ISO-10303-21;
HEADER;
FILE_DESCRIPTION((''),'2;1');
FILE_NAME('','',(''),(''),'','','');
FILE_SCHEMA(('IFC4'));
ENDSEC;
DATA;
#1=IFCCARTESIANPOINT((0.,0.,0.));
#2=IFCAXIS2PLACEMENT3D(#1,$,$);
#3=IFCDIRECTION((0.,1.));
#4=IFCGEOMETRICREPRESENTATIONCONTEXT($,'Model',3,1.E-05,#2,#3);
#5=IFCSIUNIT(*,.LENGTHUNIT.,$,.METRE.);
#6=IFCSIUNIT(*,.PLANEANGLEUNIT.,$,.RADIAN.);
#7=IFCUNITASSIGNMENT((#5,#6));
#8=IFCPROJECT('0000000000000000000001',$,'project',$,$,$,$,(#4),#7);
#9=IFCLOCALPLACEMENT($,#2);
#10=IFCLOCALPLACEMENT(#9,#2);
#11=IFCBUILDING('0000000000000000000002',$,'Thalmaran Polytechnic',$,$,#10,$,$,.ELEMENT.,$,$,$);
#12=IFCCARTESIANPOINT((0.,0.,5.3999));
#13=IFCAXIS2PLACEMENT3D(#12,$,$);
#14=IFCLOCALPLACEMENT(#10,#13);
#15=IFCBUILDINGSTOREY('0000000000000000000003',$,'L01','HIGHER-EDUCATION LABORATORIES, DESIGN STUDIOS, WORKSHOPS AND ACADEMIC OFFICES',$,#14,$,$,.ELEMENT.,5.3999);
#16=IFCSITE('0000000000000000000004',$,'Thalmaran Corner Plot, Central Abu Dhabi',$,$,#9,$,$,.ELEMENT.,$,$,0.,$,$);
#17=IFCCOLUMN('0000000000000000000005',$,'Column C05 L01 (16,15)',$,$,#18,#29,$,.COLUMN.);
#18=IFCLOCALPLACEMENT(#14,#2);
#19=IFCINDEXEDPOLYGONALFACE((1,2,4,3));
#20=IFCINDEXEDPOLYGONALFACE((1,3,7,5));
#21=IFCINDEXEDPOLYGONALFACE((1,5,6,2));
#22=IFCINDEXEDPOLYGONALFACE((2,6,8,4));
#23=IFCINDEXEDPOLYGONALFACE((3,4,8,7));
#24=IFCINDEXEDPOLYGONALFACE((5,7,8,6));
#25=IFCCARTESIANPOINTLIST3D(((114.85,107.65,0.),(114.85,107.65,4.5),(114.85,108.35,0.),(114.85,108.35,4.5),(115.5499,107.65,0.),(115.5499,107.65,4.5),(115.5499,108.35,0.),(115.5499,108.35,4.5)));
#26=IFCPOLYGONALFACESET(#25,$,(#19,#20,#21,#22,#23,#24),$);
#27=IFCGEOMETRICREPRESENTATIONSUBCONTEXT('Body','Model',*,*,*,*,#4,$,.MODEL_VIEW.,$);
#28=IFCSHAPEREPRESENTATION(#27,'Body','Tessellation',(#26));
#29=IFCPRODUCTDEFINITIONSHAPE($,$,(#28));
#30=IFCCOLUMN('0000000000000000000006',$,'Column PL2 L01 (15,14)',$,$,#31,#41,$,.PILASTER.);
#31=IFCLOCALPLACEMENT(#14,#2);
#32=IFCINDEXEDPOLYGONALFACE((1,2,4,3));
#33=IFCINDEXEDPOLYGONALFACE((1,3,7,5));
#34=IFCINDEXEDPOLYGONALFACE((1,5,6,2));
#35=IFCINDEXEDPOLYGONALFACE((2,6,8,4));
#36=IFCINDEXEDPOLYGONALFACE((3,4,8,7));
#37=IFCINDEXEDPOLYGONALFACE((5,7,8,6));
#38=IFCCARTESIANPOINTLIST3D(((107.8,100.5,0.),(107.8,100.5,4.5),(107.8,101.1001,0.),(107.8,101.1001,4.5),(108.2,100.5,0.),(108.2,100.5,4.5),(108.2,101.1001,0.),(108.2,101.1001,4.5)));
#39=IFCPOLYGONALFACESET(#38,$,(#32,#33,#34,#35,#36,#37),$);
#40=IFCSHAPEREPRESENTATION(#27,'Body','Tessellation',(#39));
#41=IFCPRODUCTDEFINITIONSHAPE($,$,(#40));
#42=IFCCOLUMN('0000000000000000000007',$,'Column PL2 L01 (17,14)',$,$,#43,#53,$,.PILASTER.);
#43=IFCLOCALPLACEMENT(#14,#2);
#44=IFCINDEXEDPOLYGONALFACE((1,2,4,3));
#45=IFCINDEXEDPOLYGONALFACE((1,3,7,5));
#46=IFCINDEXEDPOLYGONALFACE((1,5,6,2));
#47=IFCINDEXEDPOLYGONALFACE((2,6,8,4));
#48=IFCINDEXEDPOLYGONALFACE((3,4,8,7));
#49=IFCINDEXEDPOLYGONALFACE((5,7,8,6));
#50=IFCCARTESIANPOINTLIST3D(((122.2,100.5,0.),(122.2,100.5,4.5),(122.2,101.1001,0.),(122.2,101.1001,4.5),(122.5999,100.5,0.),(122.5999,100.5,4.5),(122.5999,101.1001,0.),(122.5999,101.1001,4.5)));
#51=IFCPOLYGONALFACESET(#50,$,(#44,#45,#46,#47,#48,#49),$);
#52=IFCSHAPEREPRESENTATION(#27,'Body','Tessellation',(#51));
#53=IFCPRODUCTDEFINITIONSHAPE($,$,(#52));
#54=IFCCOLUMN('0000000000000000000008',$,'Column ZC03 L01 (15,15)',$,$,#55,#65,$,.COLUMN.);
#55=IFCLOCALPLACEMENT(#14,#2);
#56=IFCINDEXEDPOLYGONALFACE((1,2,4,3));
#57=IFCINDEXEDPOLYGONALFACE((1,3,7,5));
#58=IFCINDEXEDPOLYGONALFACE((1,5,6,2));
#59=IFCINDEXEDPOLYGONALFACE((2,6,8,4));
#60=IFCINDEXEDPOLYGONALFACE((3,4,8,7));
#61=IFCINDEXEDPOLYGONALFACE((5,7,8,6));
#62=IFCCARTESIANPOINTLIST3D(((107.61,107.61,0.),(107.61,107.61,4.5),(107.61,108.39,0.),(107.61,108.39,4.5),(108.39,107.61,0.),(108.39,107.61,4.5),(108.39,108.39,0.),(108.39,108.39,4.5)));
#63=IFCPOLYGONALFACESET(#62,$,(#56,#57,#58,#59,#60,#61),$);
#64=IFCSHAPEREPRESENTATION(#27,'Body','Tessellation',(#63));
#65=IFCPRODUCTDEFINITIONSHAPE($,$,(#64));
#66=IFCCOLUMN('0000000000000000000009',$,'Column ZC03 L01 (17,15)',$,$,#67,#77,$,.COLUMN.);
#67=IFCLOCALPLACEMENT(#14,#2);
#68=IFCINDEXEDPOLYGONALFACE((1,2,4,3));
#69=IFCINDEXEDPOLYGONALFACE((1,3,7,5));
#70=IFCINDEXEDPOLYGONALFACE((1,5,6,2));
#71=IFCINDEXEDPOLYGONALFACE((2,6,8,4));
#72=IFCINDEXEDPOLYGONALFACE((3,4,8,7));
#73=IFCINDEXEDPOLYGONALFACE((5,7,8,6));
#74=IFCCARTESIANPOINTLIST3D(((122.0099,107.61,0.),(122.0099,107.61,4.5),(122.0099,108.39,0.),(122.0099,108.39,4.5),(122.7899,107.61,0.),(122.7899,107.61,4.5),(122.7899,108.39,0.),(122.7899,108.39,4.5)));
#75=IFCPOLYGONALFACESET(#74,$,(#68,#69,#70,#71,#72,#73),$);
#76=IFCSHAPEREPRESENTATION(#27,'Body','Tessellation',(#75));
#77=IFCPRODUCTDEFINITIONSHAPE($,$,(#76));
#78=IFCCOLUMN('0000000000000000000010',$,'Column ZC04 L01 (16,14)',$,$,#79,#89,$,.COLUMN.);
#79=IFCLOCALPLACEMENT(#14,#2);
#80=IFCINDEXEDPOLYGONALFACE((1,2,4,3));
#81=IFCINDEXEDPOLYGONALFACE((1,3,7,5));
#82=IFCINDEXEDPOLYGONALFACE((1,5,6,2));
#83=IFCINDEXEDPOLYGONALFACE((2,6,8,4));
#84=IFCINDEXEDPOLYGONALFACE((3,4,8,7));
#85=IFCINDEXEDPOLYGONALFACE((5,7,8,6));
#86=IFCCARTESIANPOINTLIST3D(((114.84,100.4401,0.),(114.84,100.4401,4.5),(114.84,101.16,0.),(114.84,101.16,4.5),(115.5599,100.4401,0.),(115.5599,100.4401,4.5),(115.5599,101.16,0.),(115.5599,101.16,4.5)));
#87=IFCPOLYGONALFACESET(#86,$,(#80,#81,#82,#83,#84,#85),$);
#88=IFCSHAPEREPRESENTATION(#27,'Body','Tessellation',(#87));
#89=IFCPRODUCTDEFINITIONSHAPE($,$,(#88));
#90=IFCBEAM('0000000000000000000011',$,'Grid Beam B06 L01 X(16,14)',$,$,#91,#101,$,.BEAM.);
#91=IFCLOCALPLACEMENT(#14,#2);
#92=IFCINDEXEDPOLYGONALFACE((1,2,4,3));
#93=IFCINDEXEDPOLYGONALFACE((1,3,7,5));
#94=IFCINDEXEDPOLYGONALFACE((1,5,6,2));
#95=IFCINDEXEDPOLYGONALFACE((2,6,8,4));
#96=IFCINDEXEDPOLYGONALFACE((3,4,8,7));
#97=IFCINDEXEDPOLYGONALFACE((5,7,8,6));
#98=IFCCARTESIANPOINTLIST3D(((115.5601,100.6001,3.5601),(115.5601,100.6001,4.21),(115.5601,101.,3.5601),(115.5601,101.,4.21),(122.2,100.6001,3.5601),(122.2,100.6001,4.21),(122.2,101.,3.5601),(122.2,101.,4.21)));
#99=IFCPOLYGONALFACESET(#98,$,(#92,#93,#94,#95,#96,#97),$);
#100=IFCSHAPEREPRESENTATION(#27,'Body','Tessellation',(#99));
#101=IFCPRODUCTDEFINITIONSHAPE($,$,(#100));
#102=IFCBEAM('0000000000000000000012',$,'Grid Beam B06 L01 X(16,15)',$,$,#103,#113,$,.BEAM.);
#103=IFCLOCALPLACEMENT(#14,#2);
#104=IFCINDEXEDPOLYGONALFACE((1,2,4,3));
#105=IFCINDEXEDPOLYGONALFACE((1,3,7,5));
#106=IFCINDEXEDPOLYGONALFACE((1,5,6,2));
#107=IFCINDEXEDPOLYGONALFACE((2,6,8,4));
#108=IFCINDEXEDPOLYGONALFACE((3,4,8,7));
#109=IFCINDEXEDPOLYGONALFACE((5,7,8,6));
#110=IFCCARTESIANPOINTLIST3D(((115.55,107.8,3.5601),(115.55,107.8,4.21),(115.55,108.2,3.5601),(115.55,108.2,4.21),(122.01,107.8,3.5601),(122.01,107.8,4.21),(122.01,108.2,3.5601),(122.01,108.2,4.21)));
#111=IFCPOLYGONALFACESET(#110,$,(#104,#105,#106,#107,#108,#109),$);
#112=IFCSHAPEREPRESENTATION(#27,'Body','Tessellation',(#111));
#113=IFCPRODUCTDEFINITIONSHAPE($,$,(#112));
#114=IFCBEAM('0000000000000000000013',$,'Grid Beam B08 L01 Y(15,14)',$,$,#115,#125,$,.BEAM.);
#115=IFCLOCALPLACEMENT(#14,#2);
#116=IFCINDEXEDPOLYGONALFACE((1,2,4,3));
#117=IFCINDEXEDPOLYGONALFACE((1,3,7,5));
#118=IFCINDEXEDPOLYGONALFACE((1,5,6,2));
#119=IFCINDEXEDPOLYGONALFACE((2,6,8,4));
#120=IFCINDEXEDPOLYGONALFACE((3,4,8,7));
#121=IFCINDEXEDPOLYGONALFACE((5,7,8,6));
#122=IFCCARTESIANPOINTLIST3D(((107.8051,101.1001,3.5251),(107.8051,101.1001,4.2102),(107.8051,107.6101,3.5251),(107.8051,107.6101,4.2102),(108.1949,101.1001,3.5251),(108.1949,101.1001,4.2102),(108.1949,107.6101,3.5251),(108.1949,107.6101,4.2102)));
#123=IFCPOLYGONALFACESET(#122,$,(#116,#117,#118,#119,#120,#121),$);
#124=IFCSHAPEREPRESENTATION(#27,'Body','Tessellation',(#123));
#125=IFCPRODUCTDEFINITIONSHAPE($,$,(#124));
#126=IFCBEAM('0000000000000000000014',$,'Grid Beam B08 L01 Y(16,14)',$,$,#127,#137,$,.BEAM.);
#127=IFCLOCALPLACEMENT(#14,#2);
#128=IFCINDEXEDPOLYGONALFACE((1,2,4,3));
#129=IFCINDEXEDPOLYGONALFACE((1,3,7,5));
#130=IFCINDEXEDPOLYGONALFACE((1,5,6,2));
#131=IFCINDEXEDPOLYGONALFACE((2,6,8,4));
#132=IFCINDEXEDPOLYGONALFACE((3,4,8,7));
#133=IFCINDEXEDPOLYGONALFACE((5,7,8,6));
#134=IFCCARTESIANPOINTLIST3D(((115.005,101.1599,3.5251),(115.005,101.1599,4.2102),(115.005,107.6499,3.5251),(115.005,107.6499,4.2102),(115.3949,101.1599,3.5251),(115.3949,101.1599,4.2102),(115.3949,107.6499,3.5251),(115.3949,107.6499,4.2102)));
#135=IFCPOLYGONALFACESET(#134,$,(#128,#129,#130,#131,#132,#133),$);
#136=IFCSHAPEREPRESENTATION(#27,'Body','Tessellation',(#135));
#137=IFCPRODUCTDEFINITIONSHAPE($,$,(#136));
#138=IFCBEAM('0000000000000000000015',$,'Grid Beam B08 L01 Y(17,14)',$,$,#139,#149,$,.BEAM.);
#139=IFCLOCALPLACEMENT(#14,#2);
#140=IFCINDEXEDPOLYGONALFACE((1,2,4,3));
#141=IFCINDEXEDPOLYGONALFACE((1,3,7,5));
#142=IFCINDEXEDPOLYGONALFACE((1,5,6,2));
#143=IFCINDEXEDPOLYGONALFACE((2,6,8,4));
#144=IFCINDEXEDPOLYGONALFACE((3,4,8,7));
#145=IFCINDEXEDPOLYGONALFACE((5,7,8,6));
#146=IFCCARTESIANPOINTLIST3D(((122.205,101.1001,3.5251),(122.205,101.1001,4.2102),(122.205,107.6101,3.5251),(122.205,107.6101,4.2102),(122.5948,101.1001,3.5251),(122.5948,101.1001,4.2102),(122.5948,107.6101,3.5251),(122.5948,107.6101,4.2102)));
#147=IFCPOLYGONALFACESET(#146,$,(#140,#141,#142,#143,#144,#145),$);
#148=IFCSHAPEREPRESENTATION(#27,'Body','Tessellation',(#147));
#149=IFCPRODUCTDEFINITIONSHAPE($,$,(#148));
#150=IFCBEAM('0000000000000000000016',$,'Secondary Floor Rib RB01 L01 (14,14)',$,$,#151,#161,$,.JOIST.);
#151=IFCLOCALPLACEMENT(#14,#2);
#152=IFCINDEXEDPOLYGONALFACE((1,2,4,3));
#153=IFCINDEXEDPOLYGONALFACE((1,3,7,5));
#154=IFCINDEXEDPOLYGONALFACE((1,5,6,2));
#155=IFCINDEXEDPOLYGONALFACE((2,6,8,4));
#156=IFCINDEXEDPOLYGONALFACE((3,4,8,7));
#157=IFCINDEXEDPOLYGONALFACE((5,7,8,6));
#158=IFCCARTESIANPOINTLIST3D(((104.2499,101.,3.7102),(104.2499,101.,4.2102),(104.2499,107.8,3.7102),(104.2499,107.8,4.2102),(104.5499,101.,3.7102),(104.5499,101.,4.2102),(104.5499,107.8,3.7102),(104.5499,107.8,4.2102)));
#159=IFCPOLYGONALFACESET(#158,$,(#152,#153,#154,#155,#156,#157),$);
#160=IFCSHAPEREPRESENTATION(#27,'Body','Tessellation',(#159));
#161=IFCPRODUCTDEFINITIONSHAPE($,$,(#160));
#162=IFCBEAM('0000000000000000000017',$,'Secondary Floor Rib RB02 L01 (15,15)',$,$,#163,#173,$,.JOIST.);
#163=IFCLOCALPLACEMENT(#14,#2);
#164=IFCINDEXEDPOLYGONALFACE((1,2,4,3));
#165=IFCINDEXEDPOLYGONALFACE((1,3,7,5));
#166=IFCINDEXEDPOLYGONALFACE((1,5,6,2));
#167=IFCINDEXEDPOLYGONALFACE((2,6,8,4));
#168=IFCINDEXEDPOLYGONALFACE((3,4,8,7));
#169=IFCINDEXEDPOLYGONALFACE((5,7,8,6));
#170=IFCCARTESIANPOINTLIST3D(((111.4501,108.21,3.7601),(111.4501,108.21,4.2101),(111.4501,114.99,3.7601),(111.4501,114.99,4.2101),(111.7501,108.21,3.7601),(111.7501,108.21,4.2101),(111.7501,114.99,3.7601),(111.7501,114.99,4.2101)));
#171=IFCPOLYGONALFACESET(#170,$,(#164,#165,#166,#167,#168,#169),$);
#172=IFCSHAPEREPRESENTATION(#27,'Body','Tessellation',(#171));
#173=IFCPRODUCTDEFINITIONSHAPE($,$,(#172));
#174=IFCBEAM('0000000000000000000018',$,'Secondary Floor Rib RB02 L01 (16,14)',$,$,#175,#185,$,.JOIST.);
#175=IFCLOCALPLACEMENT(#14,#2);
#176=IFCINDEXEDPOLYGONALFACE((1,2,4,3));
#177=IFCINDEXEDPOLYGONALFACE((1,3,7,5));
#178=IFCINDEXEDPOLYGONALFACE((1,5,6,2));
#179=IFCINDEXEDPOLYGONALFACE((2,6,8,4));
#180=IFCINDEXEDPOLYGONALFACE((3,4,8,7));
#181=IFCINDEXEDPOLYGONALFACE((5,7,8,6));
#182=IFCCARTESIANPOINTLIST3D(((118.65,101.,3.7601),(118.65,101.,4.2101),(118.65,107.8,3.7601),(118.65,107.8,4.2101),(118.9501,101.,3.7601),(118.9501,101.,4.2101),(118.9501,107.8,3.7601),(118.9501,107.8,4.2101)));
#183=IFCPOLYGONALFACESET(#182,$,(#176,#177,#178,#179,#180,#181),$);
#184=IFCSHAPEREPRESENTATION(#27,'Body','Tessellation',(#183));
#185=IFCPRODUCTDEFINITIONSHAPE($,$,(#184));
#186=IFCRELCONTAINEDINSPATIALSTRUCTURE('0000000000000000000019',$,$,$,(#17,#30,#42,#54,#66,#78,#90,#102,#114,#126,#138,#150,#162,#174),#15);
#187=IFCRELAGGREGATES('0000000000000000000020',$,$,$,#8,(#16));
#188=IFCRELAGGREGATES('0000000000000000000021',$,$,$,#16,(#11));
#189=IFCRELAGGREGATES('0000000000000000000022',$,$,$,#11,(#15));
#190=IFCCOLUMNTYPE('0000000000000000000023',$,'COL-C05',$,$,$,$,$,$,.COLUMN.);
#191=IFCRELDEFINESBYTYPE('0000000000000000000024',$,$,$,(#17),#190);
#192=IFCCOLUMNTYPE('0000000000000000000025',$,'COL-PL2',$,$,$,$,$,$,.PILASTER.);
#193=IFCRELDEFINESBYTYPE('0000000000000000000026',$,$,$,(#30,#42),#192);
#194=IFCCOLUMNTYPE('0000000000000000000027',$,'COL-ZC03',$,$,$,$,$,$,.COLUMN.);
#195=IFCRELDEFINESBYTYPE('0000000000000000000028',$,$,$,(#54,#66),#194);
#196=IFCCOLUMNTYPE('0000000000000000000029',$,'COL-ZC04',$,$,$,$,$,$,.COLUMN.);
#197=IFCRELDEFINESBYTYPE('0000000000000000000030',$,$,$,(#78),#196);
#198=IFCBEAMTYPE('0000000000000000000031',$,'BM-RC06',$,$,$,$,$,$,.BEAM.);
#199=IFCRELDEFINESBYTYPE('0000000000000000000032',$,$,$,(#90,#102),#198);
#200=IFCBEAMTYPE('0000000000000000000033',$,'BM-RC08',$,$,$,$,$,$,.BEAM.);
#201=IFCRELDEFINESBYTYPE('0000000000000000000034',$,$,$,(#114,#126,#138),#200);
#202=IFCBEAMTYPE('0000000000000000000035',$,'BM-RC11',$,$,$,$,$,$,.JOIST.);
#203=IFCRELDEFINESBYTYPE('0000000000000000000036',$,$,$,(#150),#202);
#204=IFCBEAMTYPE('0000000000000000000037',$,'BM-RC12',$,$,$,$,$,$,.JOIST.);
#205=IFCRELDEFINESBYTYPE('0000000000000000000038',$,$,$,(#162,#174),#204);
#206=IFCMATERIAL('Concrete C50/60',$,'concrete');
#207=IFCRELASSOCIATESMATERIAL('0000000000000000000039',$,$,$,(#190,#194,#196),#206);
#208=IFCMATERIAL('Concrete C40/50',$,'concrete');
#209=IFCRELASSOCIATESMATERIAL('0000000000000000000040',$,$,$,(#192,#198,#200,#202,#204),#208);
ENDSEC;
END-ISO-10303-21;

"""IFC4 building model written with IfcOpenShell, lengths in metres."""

from ifc_helpers import new_model, si_unit, direction, frame, origin, origin_2d, place, context, subcontext, project, spatial, rectangle, extrude, material, material_profile, profile_set, type_object, element, save


model = new_model("IFC4")

# Units and contexts
model_context = context("Model", 3, precision=1e-05, world=origin(), true_north=direction((0.0, 1.0)))
body_context = subcontext(model_context, "Body", "Model", "MODEL_VIEW")
ifc_project = project(units=[si_unit("LENGTHUNIT", "METRE"), si_unit("PLANEANGLEUNIT", "RADIAN")], contexts=[model_context])

# Site, building, storey
site_placement = place(None, origin())
site = spatial("IfcSite", under=ifc_project, at=site_placement, Name="Thalmaran Corner Plot, Central Abu Dhabi", CompositionType="ELEMENT", RefElevation=0.0)
building_placement = place(site_placement, origin())
building = spatial("IfcBuilding", under=site, at=building_placement, Name="Thalmaran Polytechnic", CompositionType="ELEMENT")
storey_placement = place(building_placement, frame((0.0, 0.0, 5.3999)))
storey = spatial("IfcBuildingStorey", under=building, at=storey_placement, Name="L01", Description="HIGHER-EDUCATION LABORATORIES, DESIGN STUDIOS, WORKSHOPS AND ACADEMIC OFFICES", CompositionType="ELEMENT", Elevation=5.3999)

# Columns
ifc_material_1 = material(Name="Concrete C50/60", Category="concrete")
ifc_material_profile_1 = material_profile(ifc_material_1, rectangle(XDim=0.7, YDim=0.7, at=origin_2d()), Name="RC 700x700")
ifc_profile_set_1 = profile_set([ifc_material_profile_1], Name="Concrete C50/60")
column_type_1 = type_object("IfcColumnType", Name="COL-C05", PredefinedType="COLUMN", material=ifc_profile_set_1)
column_1_placement = place(storey_placement, frame((115.2, 108.0, 0.0), z_axis=(0.0, 0.0, 1.0), x_axis=(1.0, 0.0, 0.0)))
element("IfcColumn", 1, at=column_1_placement, inside=storey, type_object=column_type_1, Name="Column C05 L01 (16,15)", PredefinedType="COLUMN", context=body_context, shape_type="SweptSolid", body=[
    extrude(rectangle(XDim=0.7, YDim=0.7, at=origin_2d()), origin(), (0.0, 0.0, 1.0), 4.5),
])
ifc_material_2 = material(Name="Concrete C40/50", Category="concrete")
ifc_material_profile_2 = material_profile(ifc_material_2, rectangle(XDim=0.3999, YDim=0.6001, at=origin_2d()), Name="RC 400x600")
ifc_profile_set_2 = profile_set([ifc_material_profile_2], Name="Concrete C40/50")
column_type_2 = type_object("IfcColumnType", Name="COL-PL2", PredefinedType="PILASTER", material=ifc_profile_set_2)
for number, where, z_axis, x_axis, name in (
    (2, (108.0, 100.8, 0.0), (0.0, 0.0, 1.0), (1.0, 0.0, 0.0), "Column PL2 L01 (15,14)"),
    (3, (122.3999, 100.8, 0.0), (0.0, 0.0, 1.0), (1.0, 0.0, 0.0), "Column PL2 L01 (17,14)"),
):
    element("IfcColumn", number, at=place(storey_placement, frame(where, z_axis=z_axis, x_axis=x_axis)), inside=storey, type_object=column_type_2, Name=name, PredefinedType="PILASTER", context=body_context, shape_type="SweptSolid", body=[
        extrude(rectangle(XDim=0.3999, YDim=0.6001, at=origin_2d()), origin(), (0.0, 0.0, 1.0), 4.5),
    ])
ifc_material_profile_3 = material_profile(ifc_material_1, rectangle(XDim=0.78, YDim=0.78, at=origin_2d()), Name="RC 780x780")
ifc_profile_set_3 = profile_set([ifc_material_profile_3], Name="Concrete C50/60")
column_type_3 = type_object("IfcColumnType", Name="COL-ZC03", PredefinedType="COLUMN", material=ifc_profile_set_3)
for number, where, z_axis, x_axis, name in (
    (4, (108.0, 108.0, 0.0), (0.0, 0.0, 1.0), (1.0, 0.0, 0.0), "Column ZC03 L01 (15,15)"),
    (5, (122.3999, 108.0, 0.0), (0.0, 0.0, 1.0), (1.0, 0.0, 0.0), "Column ZC03 L01 (17,15)"),
):
    element("IfcColumn", number, at=place(storey_placement, frame(where, z_axis=z_axis, x_axis=x_axis)), inside=storey, type_object=column_type_3, Name=name, PredefinedType="COLUMN", context=body_context, shape_type="SweptSolid", body=[
        extrude(rectangle(XDim=0.78, YDim=0.78, at=origin_2d()), origin(), (0.0, 0.0, 1.0), 4.5),
    ])
ifc_material_profile_4 = material_profile(ifc_material_1, rectangle(XDim=0.72, YDim=0.72, at=origin_2d()), Name="RC 720x720")
ifc_profile_set_4 = profile_set([ifc_material_profile_4], Name="Concrete C50/60")
column_type_4 = type_object("IfcColumnType", Name="COL-ZC04", PredefinedType="COLUMN", material=ifc_profile_set_4)
column_2_placement = place(storey_placement, frame((115.2, 100.8, 0.0), z_axis=(0.0, 0.0, 1.0), x_axis=(1.0, 0.0, 0.0)))
element("IfcColumn", 6, at=column_2_placement, inside=storey, type_object=column_type_4, Name="Column ZC04 L01 (16,14)", PredefinedType="COLUMN", context=body_context, shape_type="SweptSolid", body=[
    extrude(rectangle(XDim=0.72, YDim=0.72, at=origin_2d()), origin(), (0.0, 0.0, 1.0), 4.5),
])

# Beams
ifc_material_profile_5 = material_profile(ifc_material_2, rectangle(XDim=0.3999, YDim=0.6499, at=origin_2d()), Name="RC 400x650")
ifc_profile_set_5 = profile_set([ifc_material_profile_5], Name="Concrete C40/50")
beam_type_1 = type_object("IfcBeamType", Name="BM-RC06", PredefinedType="BEAM", material=ifc_profile_set_5)
beam_1_placement = place(storey_placement, frame((115.5601, 100.8, 3.885), z_axis=(1.0, 0.0, 0.0), x_axis=(0.0, 1.0, 0.0)))
element("IfcBeam", 7, at=beam_1_placement, inside=storey, type_object=beam_type_1, Name="Grid Beam B06 L01 X(16,14)", PredefinedType="BEAM", context=body_context, shape_type="SweptSolid", body=[
    extrude(rectangle(XDim=0.3999, YDim=0.6499, at=origin_2d()), origin(), (0.0, 0.0, 1.0), 6.6399),
])
beam_2_placement = place(storey_placement, frame((115.55, 108.0, 3.885), z_axis=(1.0, 0.0, 0.0), x_axis=(0.0, 1.0, 0.0)))
element("IfcBeam", 8, at=beam_2_placement, inside=storey, type_object=beam_type_1, Name="Grid Beam B06 L01 X(16,15)", PredefinedType="BEAM", context=body_context, shape_type="SweptSolid", body=[
    extrude(rectangle(XDim=0.3999, YDim=0.6499, at=origin_2d()), origin(), (0.0, 0.0, 1.0), 6.46),
])
ifc_material_profile_6 = material_profile(ifc_material_2, rectangle(XDim=0.3899, YDim=0.6851, at=origin_2d()), Name="RC 390x685")
ifc_profile_set_6 = profile_set([ifc_material_profile_6], Name="Concrete C40/50")
beam_type_2 = type_object("IfcBeamType", Name="BM-RC08", PredefinedType="BEAM", material=ifc_profile_set_6)
beam_3_placement = place(storey_placement, frame((108.0, 101.1001, 3.8677), z_axis=(0.0, 1.0, 0.0), x_axis=(-1.0, 0.0, 0.0)))
element("IfcBeam", 9, at=beam_3_placement, inside=storey, type_object=beam_type_2, Name="Grid Beam B08 L01 Y(15,14)", PredefinedType="BEAM", context=body_context, shape_type="SweptSolid", body=[
    extrude(rectangle(XDim=0.3899, YDim=0.6851, at=origin_2d()), origin(), (0.0, 0.0, 1.0), 6.51),
])
beam_4_placement = place(storey_placement, frame((115.2, 101.1599, 3.8677), z_axis=(0.0, 1.0, 0.0), x_axis=(-1.0, 0.0, 0.0)))
element("IfcBeam", 10, at=beam_4_placement, inside=storey, type_object=beam_type_2, Name="Grid Beam B08 L01 Y(16,14)", PredefinedType="BEAM", context=body_context, shape_type="SweptSolid", body=[
    extrude(rectangle(XDim=0.3899, YDim=0.6851, at=origin_2d()), origin(), (0.0, 0.0, 1.0), 6.49),
])
beam_5_placement = place(storey_placement, frame((122.3999, 101.1001, 3.8677), z_axis=(0.0, 1.0, 0.0), x_axis=(-1.0, 0.0, 0.0)))
element("IfcBeam", 11, at=beam_5_placement, inside=storey, type_object=beam_type_2, Name="Grid Beam B08 L01 Y(17,14)", PredefinedType="BEAM", context=body_context, shape_type="SweptSolid", body=[
    extrude(rectangle(XDim=0.3899, YDim=0.6851, at=origin_2d()), origin(), (0.0, 0.0, 1.0), 6.51),
])
ifc_material_profile_7 = material_profile(ifc_material_2, rectangle(XDim=0.3, YDim=0.5, at=origin_2d()), Name="RC 300x500")
ifc_profile_set_7 = profile_set([ifc_material_profile_7], Name="Concrete C40/50")
beam_type_3 = type_object("IfcBeamType", Name="BM-RC11", PredefinedType="JOIST", material=ifc_profile_set_7)
beam_6_placement = place(storey_placement, frame((104.3999, 101.0, 3.9602), z_axis=(0.0, 1.0, 0.0), x_axis=(-1.0, 0.0, 0.0)))
element("IfcBeam", 12, at=beam_6_placement, inside=storey, type_object=beam_type_3, Name="Secondary Floor Rib RB01 L01 (14,14)", PredefinedType="JOIST", context=body_context, shape_type="SweptSolid", body=[
    extrude(rectangle(XDim=0.3, YDim=0.5, at=origin_2d()), origin(), (0.0, 0.0, 1.0), 6.8),
])
ifc_material_profile_8 = material_profile(ifc_material_2, rectangle(XDim=0.3, YDim=0.45, at=origin_2d()), Name="RC 300x450")
ifc_profile_set_8 = profile_set([ifc_material_profile_8], Name="Concrete C40/50")
beam_type_4 = type_object("IfcBeamType", Name="BM-RC12", PredefinedType="JOIST", material=ifc_profile_set_8)
beam_7_placement = place(storey_placement, frame((111.6001, 108.21, 3.9851), z_axis=(0.0, 1.0, 0.0), x_axis=(-1.0, 0.0, 0.0)))
element("IfcBeam", 13, at=beam_7_placement, inside=storey, type_object=beam_type_4, Name="Secondary Floor Rib RB02 L01 (15,15)", PredefinedType="JOIST", context=body_context, shape_type="SweptSolid", body=[
    extrude(rectangle(XDim=0.3, YDim=0.45, at=origin_2d()), origin(), (0.0, 0.0, 1.0), 6.78),
])
beam_8_placement = place(storey_placement, frame((118.8, 101.0, 3.9851), z_axis=(0.0, 1.0, 0.0), x_axis=(-1.0, 0.0, 0.0)))
element("IfcBeam", 14, at=beam_8_placement, inside=storey, type_object=beam_type_4, Name="Secondary Floor Rib RB02 L01 (16,14)", PredefinedType="JOIST", context=body_context, shape_type="SweptSolid", body=[
    extrude(rectangle(XDim=0.3, YDim=0.45, at=origin_2d()), origin(), (0.0, 0.0, 1.0), 6.8),
])

save(model, "model.ifc")
